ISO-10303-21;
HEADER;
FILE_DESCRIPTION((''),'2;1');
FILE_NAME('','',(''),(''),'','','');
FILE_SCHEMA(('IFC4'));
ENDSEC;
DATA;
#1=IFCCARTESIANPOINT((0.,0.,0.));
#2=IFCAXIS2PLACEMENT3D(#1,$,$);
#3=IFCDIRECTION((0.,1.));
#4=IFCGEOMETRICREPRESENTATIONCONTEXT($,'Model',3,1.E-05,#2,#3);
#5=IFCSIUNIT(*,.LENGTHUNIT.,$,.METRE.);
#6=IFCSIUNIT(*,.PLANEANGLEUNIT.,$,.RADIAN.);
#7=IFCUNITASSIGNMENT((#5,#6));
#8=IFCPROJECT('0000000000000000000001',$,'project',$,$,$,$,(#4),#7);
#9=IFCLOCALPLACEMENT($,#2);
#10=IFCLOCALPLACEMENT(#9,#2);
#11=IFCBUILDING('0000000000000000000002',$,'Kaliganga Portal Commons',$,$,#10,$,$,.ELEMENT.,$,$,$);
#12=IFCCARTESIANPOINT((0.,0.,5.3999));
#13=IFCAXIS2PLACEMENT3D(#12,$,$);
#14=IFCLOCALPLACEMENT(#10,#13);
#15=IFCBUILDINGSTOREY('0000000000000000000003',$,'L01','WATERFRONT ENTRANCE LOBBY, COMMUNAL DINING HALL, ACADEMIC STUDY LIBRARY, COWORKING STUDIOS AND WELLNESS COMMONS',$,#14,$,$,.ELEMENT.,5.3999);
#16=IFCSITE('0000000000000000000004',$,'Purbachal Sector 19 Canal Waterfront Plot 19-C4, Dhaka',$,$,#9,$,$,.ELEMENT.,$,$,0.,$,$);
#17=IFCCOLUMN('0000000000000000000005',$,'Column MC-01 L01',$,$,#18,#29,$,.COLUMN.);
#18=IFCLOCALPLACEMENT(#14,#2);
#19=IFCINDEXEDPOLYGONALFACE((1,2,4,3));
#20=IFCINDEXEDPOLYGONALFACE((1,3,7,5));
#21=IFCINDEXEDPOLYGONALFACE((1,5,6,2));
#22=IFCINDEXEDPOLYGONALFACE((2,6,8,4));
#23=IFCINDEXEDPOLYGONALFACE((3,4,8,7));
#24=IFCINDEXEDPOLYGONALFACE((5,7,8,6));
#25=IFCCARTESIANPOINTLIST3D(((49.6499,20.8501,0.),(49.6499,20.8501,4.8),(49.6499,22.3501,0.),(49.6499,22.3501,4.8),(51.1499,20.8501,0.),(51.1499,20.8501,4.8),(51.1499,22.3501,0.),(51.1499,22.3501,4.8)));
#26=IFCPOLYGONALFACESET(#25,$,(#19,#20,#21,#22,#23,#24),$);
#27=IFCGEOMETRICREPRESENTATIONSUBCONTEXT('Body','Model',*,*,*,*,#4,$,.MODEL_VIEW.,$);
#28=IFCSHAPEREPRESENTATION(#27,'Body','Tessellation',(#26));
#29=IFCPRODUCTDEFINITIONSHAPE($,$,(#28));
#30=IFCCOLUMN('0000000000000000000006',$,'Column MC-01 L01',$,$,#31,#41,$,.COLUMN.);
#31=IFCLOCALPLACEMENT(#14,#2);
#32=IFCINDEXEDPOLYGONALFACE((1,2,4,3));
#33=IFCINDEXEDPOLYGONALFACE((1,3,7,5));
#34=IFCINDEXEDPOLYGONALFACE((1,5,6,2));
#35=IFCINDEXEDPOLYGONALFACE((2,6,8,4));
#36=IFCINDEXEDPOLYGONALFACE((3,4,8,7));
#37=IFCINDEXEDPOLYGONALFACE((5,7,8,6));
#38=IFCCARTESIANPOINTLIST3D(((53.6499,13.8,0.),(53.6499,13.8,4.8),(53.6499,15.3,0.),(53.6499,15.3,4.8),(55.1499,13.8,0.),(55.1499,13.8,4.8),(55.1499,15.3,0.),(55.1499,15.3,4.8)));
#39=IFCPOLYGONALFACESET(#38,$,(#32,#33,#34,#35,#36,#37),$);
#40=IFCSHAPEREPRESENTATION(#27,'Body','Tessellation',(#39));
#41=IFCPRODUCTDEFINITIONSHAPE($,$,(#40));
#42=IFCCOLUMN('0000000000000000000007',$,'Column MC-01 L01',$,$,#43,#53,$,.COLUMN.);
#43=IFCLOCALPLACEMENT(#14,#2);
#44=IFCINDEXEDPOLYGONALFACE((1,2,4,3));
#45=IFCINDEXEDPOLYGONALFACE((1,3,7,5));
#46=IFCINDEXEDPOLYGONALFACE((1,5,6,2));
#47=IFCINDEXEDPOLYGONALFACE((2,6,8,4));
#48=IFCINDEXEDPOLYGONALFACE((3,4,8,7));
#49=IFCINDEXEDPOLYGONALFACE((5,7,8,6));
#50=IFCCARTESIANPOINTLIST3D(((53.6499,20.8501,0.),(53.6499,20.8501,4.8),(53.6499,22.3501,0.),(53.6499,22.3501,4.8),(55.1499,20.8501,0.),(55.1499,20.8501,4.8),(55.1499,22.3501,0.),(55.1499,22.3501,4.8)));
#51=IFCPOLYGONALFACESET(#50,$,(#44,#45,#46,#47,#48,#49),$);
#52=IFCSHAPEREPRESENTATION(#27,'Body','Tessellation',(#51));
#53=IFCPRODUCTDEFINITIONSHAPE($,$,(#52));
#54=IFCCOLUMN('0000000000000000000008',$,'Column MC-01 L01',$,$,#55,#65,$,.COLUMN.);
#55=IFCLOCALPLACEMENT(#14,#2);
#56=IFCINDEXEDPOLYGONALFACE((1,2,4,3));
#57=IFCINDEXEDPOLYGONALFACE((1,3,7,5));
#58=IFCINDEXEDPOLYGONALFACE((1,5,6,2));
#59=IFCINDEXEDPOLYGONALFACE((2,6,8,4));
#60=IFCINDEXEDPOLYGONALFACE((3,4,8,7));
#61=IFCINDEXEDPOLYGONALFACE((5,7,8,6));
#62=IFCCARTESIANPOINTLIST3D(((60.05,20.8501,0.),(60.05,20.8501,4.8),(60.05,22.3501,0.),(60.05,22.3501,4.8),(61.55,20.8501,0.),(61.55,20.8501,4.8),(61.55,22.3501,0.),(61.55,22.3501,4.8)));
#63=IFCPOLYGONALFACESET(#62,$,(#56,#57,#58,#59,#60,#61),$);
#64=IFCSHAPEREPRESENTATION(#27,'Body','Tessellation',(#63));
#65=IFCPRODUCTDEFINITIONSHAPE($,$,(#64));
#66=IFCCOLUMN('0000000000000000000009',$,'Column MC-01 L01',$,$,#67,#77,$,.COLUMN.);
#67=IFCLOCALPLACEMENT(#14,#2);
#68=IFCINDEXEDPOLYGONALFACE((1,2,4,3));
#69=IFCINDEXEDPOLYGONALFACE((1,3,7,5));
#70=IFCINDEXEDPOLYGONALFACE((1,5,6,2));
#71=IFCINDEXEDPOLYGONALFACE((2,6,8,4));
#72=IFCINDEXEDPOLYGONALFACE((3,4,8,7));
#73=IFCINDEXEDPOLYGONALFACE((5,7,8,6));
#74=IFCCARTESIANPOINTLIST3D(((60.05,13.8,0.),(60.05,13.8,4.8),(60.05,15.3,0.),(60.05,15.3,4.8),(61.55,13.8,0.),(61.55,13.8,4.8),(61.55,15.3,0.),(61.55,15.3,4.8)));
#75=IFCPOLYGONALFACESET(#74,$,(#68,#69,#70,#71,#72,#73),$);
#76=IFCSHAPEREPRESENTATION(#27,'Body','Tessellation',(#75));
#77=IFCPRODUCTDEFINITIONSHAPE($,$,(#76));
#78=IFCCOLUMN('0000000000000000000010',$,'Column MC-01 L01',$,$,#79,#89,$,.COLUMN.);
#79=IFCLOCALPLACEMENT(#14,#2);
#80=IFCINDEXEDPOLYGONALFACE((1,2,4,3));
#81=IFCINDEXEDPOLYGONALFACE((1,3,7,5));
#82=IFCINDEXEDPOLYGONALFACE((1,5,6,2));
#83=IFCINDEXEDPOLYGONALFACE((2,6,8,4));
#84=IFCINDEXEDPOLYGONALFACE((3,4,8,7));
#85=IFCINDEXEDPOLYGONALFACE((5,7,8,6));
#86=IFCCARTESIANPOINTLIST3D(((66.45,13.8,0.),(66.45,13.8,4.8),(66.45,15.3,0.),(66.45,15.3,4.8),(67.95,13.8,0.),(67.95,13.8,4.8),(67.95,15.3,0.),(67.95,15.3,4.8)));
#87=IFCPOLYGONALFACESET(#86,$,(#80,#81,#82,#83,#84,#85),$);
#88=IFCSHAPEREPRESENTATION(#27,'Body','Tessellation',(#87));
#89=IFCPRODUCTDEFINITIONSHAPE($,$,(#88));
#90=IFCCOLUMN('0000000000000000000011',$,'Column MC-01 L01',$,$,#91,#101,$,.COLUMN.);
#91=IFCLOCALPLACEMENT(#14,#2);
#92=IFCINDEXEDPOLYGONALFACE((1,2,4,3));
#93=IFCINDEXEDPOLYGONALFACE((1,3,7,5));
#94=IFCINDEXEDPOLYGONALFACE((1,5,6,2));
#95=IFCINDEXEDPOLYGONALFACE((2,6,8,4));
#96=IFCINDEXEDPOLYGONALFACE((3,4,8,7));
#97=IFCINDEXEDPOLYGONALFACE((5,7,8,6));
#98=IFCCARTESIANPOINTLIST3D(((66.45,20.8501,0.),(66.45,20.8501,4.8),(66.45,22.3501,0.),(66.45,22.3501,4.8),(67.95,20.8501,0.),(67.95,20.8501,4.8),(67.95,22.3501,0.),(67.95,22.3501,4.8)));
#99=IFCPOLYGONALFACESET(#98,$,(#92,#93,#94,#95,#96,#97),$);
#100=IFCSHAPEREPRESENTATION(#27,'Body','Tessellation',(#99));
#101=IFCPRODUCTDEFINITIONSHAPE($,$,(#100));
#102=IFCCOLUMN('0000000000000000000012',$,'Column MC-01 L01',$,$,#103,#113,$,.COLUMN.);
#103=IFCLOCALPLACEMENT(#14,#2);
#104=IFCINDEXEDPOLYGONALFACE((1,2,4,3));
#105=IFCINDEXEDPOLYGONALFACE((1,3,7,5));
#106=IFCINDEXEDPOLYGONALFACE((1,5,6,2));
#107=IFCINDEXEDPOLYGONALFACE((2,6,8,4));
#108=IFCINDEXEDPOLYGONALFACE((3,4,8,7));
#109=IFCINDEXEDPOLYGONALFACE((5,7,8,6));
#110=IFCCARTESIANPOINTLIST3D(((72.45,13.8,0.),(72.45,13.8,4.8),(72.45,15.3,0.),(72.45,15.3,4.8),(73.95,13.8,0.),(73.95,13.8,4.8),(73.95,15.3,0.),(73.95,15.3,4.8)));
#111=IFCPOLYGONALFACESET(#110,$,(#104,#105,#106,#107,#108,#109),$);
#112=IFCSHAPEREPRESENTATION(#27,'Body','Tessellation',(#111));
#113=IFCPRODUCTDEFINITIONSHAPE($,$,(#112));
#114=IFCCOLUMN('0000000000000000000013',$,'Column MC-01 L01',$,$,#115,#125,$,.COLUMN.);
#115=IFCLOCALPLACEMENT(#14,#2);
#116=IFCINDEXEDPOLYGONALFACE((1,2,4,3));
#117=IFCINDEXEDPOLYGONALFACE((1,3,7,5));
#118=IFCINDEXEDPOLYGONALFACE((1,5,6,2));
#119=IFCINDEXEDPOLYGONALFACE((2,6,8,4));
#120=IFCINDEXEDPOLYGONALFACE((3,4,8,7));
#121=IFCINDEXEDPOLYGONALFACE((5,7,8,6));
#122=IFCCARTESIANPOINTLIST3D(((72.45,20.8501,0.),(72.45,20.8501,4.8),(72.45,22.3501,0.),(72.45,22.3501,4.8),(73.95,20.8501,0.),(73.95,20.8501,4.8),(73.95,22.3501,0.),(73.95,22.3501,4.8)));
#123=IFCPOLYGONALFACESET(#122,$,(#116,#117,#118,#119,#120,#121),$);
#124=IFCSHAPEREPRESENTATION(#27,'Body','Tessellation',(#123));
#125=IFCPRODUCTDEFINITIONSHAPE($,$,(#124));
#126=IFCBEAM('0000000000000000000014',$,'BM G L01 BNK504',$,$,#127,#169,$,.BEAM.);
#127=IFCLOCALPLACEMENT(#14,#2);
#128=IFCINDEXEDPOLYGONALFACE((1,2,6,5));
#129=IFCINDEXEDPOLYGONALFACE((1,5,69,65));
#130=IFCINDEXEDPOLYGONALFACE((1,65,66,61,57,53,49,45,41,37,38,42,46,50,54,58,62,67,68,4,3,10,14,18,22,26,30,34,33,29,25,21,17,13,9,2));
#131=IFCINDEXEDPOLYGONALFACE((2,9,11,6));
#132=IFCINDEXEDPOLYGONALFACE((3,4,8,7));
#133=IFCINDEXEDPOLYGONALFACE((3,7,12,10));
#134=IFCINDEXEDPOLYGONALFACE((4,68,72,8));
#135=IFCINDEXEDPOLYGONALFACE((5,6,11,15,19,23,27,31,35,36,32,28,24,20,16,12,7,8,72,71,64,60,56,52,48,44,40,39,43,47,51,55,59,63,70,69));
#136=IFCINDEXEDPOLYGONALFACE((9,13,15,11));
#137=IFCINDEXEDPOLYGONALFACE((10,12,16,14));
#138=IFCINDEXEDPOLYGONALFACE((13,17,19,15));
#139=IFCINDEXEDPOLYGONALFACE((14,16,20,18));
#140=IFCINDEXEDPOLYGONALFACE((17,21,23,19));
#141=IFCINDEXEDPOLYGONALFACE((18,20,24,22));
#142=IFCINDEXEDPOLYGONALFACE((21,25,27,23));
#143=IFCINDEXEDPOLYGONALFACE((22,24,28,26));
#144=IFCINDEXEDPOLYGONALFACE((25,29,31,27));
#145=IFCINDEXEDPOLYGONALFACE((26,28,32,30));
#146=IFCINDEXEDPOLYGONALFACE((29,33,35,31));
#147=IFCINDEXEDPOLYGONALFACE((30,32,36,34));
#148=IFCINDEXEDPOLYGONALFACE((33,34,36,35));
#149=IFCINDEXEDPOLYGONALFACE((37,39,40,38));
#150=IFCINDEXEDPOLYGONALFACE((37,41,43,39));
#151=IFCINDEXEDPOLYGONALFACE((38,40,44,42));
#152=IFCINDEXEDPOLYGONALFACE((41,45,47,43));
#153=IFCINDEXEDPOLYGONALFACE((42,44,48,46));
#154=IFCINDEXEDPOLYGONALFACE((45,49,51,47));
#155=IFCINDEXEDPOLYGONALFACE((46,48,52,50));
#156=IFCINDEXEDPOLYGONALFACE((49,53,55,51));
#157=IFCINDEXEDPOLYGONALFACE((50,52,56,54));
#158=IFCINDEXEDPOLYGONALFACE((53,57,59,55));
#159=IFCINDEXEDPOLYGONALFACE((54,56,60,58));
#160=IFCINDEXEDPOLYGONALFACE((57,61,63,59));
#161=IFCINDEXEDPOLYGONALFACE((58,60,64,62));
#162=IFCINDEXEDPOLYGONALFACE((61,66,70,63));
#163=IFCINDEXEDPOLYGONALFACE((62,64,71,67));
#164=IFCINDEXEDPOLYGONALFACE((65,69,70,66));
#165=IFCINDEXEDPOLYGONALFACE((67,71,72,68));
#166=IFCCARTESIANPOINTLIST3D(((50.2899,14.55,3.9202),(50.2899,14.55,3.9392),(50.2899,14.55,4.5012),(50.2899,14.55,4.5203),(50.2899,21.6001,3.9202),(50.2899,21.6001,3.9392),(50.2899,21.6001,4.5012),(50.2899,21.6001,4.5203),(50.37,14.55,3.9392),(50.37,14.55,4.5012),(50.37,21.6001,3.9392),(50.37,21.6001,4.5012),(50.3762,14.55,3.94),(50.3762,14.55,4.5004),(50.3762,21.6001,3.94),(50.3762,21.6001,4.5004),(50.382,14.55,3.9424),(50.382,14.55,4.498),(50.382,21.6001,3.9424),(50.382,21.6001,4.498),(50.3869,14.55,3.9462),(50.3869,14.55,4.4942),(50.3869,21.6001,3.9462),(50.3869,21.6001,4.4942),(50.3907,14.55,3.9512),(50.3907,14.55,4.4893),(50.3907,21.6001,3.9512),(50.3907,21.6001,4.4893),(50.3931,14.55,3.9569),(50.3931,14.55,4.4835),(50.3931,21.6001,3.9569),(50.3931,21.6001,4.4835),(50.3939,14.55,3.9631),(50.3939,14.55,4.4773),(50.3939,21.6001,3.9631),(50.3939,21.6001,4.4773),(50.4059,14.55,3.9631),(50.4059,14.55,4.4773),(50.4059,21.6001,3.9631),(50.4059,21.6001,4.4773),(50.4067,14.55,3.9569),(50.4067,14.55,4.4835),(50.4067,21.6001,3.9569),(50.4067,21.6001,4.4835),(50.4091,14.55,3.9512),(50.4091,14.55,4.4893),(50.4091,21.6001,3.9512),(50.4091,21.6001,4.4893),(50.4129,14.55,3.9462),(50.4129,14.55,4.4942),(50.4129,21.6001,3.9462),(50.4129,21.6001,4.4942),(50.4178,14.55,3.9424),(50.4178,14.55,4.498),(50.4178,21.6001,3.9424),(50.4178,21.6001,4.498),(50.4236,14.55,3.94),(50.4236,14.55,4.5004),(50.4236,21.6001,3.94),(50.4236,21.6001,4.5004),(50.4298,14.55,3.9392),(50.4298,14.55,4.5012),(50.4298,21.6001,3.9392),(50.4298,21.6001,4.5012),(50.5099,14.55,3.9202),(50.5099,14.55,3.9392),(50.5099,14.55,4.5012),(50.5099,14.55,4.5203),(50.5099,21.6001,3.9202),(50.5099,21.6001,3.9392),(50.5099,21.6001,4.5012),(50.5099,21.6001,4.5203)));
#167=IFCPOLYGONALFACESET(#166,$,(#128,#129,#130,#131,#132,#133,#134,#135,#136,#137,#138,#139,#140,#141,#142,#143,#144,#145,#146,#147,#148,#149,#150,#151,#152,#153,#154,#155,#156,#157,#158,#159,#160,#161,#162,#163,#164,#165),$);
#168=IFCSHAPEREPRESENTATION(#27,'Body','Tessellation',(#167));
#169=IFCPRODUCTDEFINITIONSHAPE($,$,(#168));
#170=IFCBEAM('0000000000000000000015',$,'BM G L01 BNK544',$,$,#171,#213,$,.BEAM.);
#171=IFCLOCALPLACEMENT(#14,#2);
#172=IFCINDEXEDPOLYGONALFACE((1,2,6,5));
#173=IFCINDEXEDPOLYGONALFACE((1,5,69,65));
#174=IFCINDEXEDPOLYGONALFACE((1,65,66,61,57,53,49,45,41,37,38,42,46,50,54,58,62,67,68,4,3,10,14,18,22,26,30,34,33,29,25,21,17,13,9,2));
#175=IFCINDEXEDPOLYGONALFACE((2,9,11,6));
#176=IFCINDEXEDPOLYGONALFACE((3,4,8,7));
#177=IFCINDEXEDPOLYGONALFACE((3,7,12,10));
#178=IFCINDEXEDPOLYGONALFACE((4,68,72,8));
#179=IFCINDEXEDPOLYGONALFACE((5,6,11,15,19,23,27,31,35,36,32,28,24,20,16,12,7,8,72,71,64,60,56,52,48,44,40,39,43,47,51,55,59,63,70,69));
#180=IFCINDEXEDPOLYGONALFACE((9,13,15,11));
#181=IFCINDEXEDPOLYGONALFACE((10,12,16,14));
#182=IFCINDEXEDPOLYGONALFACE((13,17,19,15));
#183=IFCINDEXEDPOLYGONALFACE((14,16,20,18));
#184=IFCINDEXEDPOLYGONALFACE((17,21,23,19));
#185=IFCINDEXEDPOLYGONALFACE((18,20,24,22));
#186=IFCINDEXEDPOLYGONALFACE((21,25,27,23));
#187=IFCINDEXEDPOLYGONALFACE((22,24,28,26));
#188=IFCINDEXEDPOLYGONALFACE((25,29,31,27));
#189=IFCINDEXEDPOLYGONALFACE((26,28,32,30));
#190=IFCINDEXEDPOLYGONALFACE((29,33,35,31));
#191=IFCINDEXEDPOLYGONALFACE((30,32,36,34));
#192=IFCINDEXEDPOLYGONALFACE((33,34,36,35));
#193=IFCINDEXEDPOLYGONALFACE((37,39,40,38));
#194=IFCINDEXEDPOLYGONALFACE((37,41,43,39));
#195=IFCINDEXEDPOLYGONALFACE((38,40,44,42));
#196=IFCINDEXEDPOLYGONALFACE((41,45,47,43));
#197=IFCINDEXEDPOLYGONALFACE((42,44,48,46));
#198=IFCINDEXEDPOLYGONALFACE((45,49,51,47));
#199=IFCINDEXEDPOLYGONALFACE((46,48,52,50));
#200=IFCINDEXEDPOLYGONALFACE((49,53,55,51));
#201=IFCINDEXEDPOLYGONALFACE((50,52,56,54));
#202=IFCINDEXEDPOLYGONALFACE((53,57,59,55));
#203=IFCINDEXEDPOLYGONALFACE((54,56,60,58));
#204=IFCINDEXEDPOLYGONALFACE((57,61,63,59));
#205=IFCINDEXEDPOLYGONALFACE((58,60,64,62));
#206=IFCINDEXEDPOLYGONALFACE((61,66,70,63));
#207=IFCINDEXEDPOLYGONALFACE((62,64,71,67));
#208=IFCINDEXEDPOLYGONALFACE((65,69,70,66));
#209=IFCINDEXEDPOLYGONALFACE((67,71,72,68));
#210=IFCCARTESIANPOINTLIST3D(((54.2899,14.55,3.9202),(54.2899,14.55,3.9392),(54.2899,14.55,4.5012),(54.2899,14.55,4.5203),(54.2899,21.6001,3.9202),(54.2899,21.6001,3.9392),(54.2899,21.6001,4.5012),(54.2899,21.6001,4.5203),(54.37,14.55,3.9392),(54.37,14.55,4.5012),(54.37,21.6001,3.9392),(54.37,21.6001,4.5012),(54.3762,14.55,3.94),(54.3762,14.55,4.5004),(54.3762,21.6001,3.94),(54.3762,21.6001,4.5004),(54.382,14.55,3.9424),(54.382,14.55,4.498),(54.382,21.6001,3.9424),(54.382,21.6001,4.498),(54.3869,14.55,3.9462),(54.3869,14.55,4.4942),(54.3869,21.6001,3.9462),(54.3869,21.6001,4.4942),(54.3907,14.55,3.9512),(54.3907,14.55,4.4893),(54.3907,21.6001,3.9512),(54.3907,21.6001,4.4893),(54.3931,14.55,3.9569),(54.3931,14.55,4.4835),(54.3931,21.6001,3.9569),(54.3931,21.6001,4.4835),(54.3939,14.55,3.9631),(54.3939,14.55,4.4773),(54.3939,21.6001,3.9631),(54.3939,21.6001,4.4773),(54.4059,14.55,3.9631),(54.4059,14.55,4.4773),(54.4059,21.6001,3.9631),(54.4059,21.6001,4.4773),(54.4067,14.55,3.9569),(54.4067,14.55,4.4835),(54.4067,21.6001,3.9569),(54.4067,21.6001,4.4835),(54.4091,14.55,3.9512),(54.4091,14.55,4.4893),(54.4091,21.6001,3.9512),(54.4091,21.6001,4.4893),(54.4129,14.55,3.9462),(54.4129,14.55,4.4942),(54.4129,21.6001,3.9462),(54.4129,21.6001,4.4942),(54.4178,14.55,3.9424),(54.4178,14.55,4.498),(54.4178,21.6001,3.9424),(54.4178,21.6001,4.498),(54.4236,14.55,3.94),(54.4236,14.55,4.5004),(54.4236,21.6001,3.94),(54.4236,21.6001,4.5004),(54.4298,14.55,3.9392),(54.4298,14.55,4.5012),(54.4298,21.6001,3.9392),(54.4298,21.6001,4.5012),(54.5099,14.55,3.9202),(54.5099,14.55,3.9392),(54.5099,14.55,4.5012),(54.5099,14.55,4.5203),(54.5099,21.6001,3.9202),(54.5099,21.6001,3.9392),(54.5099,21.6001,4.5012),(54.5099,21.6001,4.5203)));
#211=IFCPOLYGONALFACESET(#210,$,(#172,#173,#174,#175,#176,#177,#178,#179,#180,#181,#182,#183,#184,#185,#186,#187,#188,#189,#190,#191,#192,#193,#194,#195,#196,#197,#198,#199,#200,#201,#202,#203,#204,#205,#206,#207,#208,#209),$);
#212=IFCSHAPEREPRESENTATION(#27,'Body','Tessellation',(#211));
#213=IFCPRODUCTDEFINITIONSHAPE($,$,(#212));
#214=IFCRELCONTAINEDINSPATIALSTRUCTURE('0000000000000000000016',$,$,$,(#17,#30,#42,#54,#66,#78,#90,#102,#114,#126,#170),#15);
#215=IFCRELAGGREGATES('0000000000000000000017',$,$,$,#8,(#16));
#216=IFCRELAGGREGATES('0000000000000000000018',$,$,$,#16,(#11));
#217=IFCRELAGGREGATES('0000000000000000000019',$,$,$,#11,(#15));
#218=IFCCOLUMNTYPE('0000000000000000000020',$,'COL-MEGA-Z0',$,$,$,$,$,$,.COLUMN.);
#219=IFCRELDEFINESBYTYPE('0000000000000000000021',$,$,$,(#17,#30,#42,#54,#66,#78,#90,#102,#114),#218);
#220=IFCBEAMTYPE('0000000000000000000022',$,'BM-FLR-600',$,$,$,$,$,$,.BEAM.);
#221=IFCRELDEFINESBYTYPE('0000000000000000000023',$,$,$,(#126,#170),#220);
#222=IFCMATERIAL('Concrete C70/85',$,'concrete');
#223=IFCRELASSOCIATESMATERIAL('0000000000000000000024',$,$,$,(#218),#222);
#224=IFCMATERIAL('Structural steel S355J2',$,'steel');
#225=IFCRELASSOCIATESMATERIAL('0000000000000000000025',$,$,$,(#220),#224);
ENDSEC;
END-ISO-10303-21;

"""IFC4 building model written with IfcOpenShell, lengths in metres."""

from ifc_helpers import new_model, si_unit, direction, frame, origin, origin_2d, place, context, subcontext, project, spatial, rectangle, i_section, extrude, source, transform, mapped, material, material_profile, profile_set, type_object, element, save


model = new_model("IFC4")

# Units and contexts
model_context = context("Model", 3, precision=1e-05, world=origin(), true_north=direction((0.0, 1.0)))
body_context = subcontext(model_context, "Body", "Model", "MODEL_VIEW")
ifc_project = project(units=[si_unit("LENGTHUNIT", "METRE"), si_unit("PLANEANGLEUNIT", "RADIAN")], contexts=[model_context])

# Site, building, storey
site_placement = place(None, origin())
site = spatial("IfcSite", under=ifc_project, at=site_placement, Name="Purbachal Sector 19 Canal Waterfront Plot 19-C4, Dhaka", CompositionType="ELEMENT", RefElevation=0.0)
building_placement = place(site_placement, origin())
building = spatial("IfcBuilding", under=site, at=building_placement, Name="Kaliganga Portal Commons", CompositionType="ELEMENT")
storey_placement = place(building_placement, frame((0.0, 0.0, 5.3999)))
storey = spatial("IfcBuildingStorey", under=building, at=storey_placement, Name="L01", Description="WATERFRONT ENTRANCE LOBBY, COMMUNAL DINING HALL, ACADEMIC STUDY LIBRARY, COWORKING STUDIOS AND WELLNESS COMMONS", CompositionType="ELEMENT", Elevation=5.3999)

# Columns
ifc_material_1 = material(Name="Concrete C70/85", Category="concrete")
ifc_material_profile_1 = material_profile(ifc_material_1, rectangle(XDim=1.5, YDim=1.5, at=origin_2d()), Name="RC 1500x1500")
ifc_profile_set_1 = profile_set([ifc_material_profile_1], Name="Concrete C70/85")
column_type = type_object("IfcColumnType", Name="COL-MEGA-Z0", PredefinedType="COLUMN", material=ifc_profile_set_1)
shared_shape_1 = source(origin(), body_context, "Body", "SweptSolid", [
    extrude(rectangle(XDim=1.5, YDim=1.5, at=origin_2d()), origin(), (0.0, 0.0, 1.0), 4.8),
])
for number, where, z_axis, x_axis, name in (
    (1, (50.3999, 21.6001, 0.0), (0.0, 0.0, 1.0), (1.0, 0.0, 0.0), "Column MC-01 L01"),
    (2, (54.3999, 14.55, 0.0), (0.0, 0.0, 1.0), (1.0, 0.0, 0.0), "Column MC-01 L01"),
    (3, (54.3999, 21.6001, 0.0), (0.0, 0.0, 1.0), (1.0, 0.0, 0.0), "Column MC-01 L01"),
    (4, (60.8, 21.6001, 0.0), (0.0, 0.0, 1.0), (1.0, 0.0, 0.0), "Column MC-01 L01"),
    (5, (60.8, 14.55, 0.0), (0.0, 0.0, 1.0), (1.0, 0.0, 0.0), "Column MC-01 L01"),
    (6, (67.2, 14.55, 0.0), (0.0, 0.0, 1.0), (1.0, 0.0, 0.0), "Column MC-01 L01"),
    (7, (67.2, 21.6001, 0.0), (0.0, 0.0, 1.0), (1.0, 0.0, 0.0), "Column MC-01 L01"),
    (8, (73.2, 14.55, 0.0), (0.0, 0.0, 1.0), (1.0, 0.0, 0.0), "Column MC-01 L01"),
    (9, (73.2, 21.6001, 0.0), (0.0, 0.0, 1.0), (1.0, 0.0, 0.0), "Column MC-01 L01"),
):
    element("IfcColumn", number, at=place(storey_placement, frame(where, z_axis=z_axis, x_axis=x_axis)), inside=storey, type_object=column_type, Name=name, PredefinedType="COLUMN", context=body_context, shape_type="MappedRepresentation", body=[
        mapped(shared_shape_1, transform((0.0, 0.0, 0.0), x_axis=(1.0, 0.0, 0.0), y_axis=(0.0, 1.0, 0.0), z_axis=(0.0, 0.0, 1.0), scale=1.0)),
    ])

# Beams
ifc_material_2 = material(Name="Structural steel S355J2", Category="steel")
ifc_material_profile_2 = material_profile(ifc_material_2, i_section(OverallWidth=0.22, OverallDepth=0.6001, WebThickness=0.012, FlangeThickness=0.019, FilletRadius=0.0239, at=origin_2d()), Name="IPE 600")
ifc_profile_set_2 = profile_set([ifc_material_profile_2], Name="Structural steel S355J2 wide-flange")
beam_type_1 = type_object("IfcBeamType", Name="BM-FLR-600", PredefinedType="BEAM", material=ifc_profile_set_2)
shared_shape_2 = source(origin(), body_context, "Body", "SweptSolid", [
    extrude(i_section(OverallWidth=0.22, OverallDepth=0.6001, WebThickness=0.012, FlangeThickness=0.019, FilletRadius=0.0239, at=origin_2d()), origin(), (0.0, 0.0, 1.0), 7.05),
])
for number, where, z_axis, x_axis, name in (
    (10, (50.3999, 14.55, 4.2202), (0.0, 1.0, 0.0), (-1.0, 0.0, 0.0), "BM G L01 BNK504"),
    (11, (54.3999, 14.55, 4.2202), (0.0, 1.0, 0.0), (-1.0, 0.0, 0.0), "BM G L01 BNK544"),
):
    element("IfcBeam", number, at=place(storey_placement, frame(where, z_axis=z_axis, x_axis=x_axis)), inside=storey, type_object=beam_type_1, Name=name, PredefinedType="BEAM", context=body_context, shape_type="MappedRepresentation", body=[
        mapped(shared_shape_2, transform((0.0, 0.0, 0.0), x_axis=(1.0, 0.0, 0.0), y_axis=(0.0, 1.0, 0.0), z_axis=(0.0, 0.0, 1.0), scale=1.0)),
    ])

save(model, "model.ifc")
